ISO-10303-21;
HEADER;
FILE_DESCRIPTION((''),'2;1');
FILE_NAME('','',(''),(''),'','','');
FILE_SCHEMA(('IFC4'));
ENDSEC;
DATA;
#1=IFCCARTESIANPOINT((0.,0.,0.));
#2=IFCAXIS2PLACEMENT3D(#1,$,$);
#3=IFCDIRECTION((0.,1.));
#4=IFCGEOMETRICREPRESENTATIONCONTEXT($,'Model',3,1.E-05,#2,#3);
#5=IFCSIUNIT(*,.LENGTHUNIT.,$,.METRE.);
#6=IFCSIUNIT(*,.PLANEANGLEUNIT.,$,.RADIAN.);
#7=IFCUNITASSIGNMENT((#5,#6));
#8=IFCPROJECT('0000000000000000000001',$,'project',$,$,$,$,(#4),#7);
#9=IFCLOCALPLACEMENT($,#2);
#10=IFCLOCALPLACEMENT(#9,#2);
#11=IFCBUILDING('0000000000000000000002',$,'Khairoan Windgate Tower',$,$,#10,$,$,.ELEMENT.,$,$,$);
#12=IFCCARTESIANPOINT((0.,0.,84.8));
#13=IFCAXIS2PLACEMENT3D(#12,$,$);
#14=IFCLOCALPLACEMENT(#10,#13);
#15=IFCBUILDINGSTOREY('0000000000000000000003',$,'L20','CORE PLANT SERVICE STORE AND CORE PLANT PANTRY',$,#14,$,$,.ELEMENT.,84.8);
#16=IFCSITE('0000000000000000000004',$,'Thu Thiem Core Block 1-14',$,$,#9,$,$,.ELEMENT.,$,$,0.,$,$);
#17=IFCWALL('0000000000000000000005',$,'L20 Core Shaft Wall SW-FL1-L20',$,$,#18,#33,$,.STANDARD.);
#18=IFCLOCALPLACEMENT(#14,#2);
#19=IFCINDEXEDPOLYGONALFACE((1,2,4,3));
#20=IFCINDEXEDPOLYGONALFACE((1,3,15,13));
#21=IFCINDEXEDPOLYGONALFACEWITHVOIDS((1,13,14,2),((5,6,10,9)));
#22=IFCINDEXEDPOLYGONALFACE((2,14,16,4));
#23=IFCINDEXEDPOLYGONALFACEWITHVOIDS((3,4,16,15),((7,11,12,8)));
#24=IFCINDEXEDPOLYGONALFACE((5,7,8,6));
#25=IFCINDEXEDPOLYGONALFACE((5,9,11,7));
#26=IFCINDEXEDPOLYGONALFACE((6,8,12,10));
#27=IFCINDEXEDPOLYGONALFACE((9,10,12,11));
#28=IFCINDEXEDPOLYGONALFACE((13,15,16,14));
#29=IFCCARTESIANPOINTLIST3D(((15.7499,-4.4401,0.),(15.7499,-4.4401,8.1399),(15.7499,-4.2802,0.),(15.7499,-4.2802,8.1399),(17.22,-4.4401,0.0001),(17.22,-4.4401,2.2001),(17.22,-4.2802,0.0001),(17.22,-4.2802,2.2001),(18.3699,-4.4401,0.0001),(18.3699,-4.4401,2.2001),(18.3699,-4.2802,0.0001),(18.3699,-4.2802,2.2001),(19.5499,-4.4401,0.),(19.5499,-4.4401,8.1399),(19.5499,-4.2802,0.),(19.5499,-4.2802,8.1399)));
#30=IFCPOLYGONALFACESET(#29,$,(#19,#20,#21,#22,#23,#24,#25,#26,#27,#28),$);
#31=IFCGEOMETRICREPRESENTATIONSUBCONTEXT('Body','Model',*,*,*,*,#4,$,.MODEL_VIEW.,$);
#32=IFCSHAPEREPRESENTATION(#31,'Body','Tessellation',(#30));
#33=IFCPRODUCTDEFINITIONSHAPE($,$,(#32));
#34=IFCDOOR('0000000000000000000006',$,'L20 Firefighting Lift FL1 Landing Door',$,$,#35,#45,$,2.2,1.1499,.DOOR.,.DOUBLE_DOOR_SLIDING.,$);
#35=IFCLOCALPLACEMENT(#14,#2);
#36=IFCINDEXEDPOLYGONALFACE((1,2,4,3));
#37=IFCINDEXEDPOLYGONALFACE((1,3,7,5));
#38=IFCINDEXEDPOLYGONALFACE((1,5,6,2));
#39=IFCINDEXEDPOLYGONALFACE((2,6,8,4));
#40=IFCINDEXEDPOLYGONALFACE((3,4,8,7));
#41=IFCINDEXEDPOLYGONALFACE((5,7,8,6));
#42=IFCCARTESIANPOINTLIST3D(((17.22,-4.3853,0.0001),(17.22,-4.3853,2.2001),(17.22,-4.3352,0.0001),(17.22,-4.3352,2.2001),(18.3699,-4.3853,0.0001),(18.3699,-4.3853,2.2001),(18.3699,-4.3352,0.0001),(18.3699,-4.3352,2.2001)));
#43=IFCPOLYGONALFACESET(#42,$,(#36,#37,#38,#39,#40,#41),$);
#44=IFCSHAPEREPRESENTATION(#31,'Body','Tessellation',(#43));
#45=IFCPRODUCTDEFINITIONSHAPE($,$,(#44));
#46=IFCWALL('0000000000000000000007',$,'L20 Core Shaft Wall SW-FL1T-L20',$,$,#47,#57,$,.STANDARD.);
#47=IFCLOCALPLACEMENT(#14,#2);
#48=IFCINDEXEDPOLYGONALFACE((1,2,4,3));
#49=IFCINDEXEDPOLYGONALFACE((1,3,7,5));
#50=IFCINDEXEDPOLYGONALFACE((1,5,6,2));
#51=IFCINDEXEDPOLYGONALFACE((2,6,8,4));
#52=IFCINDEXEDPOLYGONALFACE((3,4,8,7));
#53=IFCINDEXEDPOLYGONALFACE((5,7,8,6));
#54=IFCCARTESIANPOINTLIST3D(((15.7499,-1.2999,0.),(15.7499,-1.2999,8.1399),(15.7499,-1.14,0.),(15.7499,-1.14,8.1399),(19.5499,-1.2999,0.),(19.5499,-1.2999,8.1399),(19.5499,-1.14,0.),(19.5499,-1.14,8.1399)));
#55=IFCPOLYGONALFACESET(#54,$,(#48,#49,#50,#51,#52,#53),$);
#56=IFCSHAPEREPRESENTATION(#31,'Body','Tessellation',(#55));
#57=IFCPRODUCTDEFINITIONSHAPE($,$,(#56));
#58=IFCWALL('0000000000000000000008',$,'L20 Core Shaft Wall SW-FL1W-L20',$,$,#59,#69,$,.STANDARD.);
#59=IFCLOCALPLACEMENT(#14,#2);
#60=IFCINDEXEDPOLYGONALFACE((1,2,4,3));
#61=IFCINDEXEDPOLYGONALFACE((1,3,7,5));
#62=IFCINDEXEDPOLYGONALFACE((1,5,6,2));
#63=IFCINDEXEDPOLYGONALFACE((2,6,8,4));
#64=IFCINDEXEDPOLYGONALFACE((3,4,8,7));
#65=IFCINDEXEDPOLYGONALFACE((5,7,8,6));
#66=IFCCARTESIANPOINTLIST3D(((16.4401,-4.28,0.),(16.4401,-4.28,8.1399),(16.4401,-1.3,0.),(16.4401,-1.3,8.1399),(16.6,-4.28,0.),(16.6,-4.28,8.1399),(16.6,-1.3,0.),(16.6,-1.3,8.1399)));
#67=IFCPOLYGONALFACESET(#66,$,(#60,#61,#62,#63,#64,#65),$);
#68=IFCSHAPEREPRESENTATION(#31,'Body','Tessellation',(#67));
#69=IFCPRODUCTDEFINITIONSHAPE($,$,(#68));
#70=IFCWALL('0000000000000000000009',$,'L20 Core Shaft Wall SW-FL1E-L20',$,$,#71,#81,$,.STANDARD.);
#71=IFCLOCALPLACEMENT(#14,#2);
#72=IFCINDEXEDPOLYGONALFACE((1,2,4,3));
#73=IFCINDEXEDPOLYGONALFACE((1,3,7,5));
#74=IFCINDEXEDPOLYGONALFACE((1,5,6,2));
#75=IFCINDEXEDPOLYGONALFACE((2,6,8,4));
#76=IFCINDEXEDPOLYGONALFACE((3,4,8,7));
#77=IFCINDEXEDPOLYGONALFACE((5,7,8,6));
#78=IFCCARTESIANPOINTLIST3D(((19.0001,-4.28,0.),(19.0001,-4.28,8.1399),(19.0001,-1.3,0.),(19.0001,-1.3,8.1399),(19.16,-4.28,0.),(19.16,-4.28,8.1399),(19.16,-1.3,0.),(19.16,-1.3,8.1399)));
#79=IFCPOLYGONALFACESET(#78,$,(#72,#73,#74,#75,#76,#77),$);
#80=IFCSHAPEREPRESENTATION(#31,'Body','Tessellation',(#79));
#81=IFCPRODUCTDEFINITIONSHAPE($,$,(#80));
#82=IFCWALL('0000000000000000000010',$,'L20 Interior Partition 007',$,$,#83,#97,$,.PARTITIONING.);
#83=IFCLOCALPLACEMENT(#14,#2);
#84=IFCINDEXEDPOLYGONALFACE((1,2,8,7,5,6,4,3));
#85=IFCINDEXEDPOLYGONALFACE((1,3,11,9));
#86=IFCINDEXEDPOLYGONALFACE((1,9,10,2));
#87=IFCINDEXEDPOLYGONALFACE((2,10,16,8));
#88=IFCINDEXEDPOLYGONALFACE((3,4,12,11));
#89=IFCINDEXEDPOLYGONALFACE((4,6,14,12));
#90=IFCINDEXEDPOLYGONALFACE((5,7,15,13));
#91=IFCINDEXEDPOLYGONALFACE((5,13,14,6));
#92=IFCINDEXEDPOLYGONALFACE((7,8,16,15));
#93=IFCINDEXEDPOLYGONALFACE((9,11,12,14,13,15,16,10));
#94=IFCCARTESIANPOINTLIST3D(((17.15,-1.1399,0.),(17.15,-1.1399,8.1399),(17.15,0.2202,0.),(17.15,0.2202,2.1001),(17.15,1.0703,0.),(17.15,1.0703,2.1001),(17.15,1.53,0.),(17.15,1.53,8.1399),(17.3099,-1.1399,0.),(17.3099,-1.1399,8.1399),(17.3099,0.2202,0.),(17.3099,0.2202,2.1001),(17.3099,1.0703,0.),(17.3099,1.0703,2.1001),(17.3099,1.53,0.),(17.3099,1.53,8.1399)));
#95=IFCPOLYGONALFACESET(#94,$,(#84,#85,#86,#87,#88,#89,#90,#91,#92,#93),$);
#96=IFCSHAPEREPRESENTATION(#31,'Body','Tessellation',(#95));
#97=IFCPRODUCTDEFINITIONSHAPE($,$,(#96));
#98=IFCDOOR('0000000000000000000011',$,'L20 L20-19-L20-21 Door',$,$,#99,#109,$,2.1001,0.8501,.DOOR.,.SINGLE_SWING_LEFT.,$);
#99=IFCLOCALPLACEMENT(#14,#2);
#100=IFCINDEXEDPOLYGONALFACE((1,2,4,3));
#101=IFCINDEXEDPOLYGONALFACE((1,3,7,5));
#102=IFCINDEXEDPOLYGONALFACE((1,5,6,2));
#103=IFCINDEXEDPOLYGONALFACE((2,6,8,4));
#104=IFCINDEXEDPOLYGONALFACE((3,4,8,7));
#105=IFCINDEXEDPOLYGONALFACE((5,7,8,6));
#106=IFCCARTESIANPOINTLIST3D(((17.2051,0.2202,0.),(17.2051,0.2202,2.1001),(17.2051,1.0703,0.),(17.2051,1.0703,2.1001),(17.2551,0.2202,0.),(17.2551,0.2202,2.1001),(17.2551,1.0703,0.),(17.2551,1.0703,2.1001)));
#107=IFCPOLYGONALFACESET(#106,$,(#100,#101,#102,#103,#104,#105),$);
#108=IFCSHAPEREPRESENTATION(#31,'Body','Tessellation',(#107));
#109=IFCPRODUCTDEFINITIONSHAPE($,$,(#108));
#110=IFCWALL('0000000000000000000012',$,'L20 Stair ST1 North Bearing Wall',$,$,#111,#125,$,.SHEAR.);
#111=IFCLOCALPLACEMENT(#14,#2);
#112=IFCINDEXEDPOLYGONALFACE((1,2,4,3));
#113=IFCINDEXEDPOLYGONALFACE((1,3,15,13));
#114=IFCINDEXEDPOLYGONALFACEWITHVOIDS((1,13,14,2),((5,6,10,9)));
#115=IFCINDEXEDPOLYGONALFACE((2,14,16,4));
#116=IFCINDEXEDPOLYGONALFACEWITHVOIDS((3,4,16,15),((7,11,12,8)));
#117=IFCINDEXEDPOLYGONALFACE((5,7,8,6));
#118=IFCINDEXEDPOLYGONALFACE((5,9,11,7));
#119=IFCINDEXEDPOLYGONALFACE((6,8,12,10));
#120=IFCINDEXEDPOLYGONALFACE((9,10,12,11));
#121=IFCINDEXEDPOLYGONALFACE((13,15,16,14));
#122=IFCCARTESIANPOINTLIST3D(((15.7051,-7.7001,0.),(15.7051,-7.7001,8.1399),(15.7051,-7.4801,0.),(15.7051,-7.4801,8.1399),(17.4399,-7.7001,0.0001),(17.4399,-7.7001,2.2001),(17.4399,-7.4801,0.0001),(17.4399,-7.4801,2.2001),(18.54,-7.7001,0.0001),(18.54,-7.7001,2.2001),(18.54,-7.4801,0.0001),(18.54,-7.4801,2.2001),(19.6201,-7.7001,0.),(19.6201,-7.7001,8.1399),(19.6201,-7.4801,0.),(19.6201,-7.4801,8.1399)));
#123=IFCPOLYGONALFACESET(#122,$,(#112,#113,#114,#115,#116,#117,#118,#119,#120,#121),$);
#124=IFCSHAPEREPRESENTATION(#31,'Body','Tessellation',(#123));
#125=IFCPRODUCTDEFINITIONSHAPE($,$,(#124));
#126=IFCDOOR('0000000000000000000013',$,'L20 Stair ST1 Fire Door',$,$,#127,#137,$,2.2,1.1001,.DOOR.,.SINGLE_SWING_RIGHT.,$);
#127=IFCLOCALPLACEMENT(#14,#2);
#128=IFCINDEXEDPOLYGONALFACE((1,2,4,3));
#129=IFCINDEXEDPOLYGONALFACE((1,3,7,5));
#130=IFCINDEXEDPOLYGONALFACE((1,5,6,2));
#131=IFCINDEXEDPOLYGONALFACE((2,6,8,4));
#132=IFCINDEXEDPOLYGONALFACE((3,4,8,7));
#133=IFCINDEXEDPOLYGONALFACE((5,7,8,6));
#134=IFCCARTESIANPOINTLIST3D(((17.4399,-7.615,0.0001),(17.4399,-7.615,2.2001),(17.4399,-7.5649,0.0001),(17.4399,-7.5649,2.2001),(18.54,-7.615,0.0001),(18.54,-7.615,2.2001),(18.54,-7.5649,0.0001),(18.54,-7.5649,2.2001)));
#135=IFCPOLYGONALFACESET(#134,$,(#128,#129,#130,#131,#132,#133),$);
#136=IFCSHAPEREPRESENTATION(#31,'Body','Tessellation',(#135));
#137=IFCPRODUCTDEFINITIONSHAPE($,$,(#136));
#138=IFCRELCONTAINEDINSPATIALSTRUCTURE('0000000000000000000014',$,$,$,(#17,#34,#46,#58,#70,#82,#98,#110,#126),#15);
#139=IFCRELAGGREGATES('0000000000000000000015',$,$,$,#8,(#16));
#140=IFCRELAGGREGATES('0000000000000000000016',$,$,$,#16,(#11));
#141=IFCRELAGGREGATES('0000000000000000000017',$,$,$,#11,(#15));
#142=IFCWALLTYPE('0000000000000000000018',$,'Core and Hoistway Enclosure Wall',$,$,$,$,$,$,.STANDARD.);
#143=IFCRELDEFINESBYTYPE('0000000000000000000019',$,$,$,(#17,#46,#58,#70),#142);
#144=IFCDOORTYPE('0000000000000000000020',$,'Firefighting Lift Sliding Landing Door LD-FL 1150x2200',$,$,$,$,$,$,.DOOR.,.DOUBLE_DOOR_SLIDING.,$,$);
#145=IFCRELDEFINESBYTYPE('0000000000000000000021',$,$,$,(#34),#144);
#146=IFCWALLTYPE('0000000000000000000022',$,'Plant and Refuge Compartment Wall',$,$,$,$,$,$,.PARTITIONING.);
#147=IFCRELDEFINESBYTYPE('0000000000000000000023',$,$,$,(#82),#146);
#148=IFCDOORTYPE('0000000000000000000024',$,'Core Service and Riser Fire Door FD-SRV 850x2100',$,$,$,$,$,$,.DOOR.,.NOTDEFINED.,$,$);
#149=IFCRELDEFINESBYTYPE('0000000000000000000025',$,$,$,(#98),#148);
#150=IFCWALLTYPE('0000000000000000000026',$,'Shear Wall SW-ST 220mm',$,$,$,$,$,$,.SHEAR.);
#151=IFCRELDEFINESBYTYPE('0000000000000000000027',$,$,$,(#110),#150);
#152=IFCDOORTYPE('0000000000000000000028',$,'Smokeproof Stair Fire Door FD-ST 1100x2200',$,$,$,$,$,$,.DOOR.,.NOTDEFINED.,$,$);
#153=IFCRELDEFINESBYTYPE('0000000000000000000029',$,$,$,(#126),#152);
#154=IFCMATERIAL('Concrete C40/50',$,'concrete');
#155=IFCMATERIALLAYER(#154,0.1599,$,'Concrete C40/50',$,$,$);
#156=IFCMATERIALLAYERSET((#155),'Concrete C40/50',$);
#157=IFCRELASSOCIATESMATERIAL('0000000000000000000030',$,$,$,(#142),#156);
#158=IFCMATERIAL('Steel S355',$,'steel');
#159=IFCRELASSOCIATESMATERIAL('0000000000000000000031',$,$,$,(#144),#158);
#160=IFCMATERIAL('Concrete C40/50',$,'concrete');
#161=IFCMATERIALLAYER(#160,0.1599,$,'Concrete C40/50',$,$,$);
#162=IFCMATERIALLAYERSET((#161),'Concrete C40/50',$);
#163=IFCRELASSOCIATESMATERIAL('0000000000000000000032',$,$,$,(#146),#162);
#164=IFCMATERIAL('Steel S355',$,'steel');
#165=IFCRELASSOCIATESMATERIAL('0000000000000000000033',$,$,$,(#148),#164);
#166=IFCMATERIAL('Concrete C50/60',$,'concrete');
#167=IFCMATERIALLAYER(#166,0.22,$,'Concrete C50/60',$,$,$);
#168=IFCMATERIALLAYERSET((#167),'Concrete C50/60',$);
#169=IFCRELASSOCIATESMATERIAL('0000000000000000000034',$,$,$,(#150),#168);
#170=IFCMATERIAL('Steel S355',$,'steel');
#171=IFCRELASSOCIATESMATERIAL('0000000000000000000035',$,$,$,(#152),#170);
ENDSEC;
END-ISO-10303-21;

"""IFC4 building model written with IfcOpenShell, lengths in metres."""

from ifc_helpers import new_model, si_unit, direction, frame, frame_2d, origin, place, context, subcontext, project, spatial, rectangle, extrude, material, layer, layer_set, type_object, element, fill, save


model = new_model("IFC4")

# Units and contexts
model_context = context("Model", 3, precision=1e-05, world=origin(), true_north=direction((0.0, 1.0)))
body_context = subcontext(model_context, "Body", "Model", "MODEL_VIEW")
ifc_project = project(units=[si_unit("LENGTHUNIT", "METRE"), si_unit("PLANEANGLEUNIT", "RADIAN")], contexts=[model_context])

# Site, building, storey
site_placement = place(None, origin())
site = spatial("IfcSite", under=ifc_project, at=site_placement, Name="Thu Thiem Core Block 1-14", CompositionType="ELEMENT", RefElevation=0.0)
building_placement = place(site_placement, origin())
building = spatial("IfcBuilding", under=site, at=building_placement, Name="Khairoan Windgate Tower", CompositionType="ELEMENT")
storey_placement = place(building_placement, frame((0.0, 0.0, 84.8)))
storey = spatial("IfcBuildingStorey", under=building, at=storey_placement, Name="L20", Description="CORE PLANT SERVICE STORE AND CORE PLANT PANTRY", CompositionType="ELEMENT", Elevation=84.8)

# Wall, opening, door
ifc_material_1 = material(Name="Concrete C40/50", Category="concrete")
ifc_layer_1 = layer(ifc_material_1, 0.1599, Name="Concrete C40/50")
ifc_layer_set_1 = layer_set([ifc_layer_1], Name="Concrete C40/50")
wall_type_1 = type_object("IfcWallType", Name="Core and Hoistway Enclosure Wall", PredefinedType="STANDARD", material=ifc_layer_set_1)
wall_1_placement = place(storey_placement, frame((15.75, -4.3601, 0.0), z_axis=(0.0, 0.0, 1.0), x_axis=(1.0, 0.0, 0.0)))
wall_1 = element("IfcWall", 1, at=wall_1_placement, inside=storey, type_object=wall_type_1, Name="L20 Core Shaft Wall SW-FL1-L20", PredefinedType="STANDARD", context=body_context, shape_type="SweptSolid", body=[
    extrude(rectangle(XDim=3.8, YDim=0.1599, at=frame_2d((1.8999, 0.0))), origin(), (0.0, 0.0, 1.0), 8.1399),
])
opening_1_placement = place(wall_1_placement, frame((1.47, 0.0, 0.0)))
opening_1 = element("IfcOpeningElement", 2, at=opening_1_placement, cuts=wall_1, PredefinedType="OPENING", context=body_context, shape_type="SweptSolid", body=[
    extrude(rectangle(XDim=1.1499, YDim=2.2, at=frame_2d((0.575, 1.1001))), frame((0.0, 0.0898, 0.0), z_axis=(0.0, -1.0, 0.0), x_axis=(1.0, 0.0, 0.0)), (0.0, 0.0, 1.0), 0.1799),
])
ifc_material_2 = material(Name="Steel S355", Category="steel")
door_type_1 = type_object("IfcDoorType", Name="Firefighting Lift Sliding Landing Door LD-FL 1150x2200", OperationType="DOUBLE_DOOR_SLIDING", PredefinedType="DOOR", material=ifc_material_2)
door_1_placement = place(opening_1_placement, origin())
door_1 = element("IfcDoor", 3, at=door_1_placement, inside=storey, type_object=door_type_1, Name="L20 Firefighting Lift FL1 Landing Door", OperationType="DOUBLE_DOOR_SLIDING", OverallHeight=2.2, OverallWidth=1.1499, PredefinedType="DOOR", context=body_context, shape_type="SweptSolid", body=[
    extrude(rectangle(XDim=1.1499, YDim=2.2, at=frame_2d((0.575, 1.1001))), frame((0.0, 0.0249, 0.0), z_axis=(0.0, -1.0, 0.0), x_axis=(1.0, 0.0, 0.0)), (0.0, 0.0, 1.0), 0.05),
])
fill(opening_1, door_1)

# Walls
wall_2_placement = place(storey_placement, frame((15.75, -1.22, 0.0), z_axis=(0.0, 0.0, 1.0), x_axis=(1.0, 0.0, 0.0)))
element("IfcWall", 4, at=wall_2_placement, inside=storey, type_object=wall_type_1, Name="L20 Core Shaft Wall SW-FL1T-L20", PredefinedType="STANDARD", context=body_context, shape_type="SweptSolid", body=[
    extrude(rectangle(XDim=3.8, YDim=0.1599, at=frame_2d((1.8999, 0.0))), origin(), (0.0, 0.0, 1.0), 8.1399),
])
for number, where, z_axis, x_axis, name in (
    (5, (16.52, -4.28, 0.0), (0.0, 0.0, 1.0), (0.0, 1.0, 0.0), "L20 Core Shaft Wall SW-FL1W-L20"),
    (6, (19.0801, -4.28, 0.0), (0.0, 0.0, 1.0), (0.0, 1.0, 0.0), "L20 Core Shaft Wall SW-FL1E-L20"),
):
    element("IfcWall", number, at=place(storey_placement, frame(where, z_axis=z_axis, x_axis=x_axis)), inside=storey, type_object=wall_type_1, Name=name, PredefinedType="STANDARD", context=body_context, shape_type="SweptSolid", body=[
        extrude(rectangle(XDim=2.98, YDim=0.1599, at=frame_2d((1.49, 0.0))), origin(), (0.0, 0.0, 1.0), 8.1399),
    ])

# Walls, openings, doors
ifc_material_3 = material(Name="Concrete C40/50", Category="concrete")
ifc_layer_2 = layer(ifc_material_3, 0.1599, Name="Concrete C40/50")
ifc_layer_set_2 = layer_set([ifc_layer_2], Name="Concrete C40/50")
wall_type_2 = type_object("IfcWallType", Name="Plant and Refuge Compartment Wall", PredefinedType="PARTITIONING", material=ifc_layer_set_2)
wall_3_placement = place(storey_placement, frame((17.23, -1.1399, 0.0), z_axis=(0.0, 0.0, 1.0), x_axis=(0.0, 1.0, 0.0)))
wall_3 = element("IfcWall", 7, at=wall_3_placement, inside=storey, type_object=wall_type_2, Name="L20 Interior Partition 007", PredefinedType="PARTITIONING", context=body_context, shape_type="SweptSolid", body=[
    extrude(rectangle(XDim=2.6699, YDim=0.1599, at=frame_2d((1.335, 0.0))), origin(), (0.0, 0.0, 1.0), 8.1399),
])
opening_2_placement = place(wall_3_placement, frame((1.3601, 0.0, 0.0)))
opening_2 = element("IfcOpeningElement", 8, at=opening_2_placement, cuts=wall_3, PredefinedType="OPENING", context=body_context, shape_type="SweptSolid", body=[
    extrude(rectangle(XDim=0.8501, YDim=2.1001, at=frame_2d((0.425, 1.05))), frame((0.0, 0.0898, 0.0), z_axis=(0.0, -1.0, 0.0), x_axis=(1.0, 0.0, 0.0)), (0.0, 0.0, 1.0), 0.1799),
])
ifc_material_4 = material(Name="Steel S355", Category="steel")
door_type_2 = type_object("IfcDoorType", Name="Core Service and Riser Fire Door FD-SRV 850x2100", OperationType="NOTDEFINED", PredefinedType="DOOR", material=ifc_material_4)
door_2_placement = place(opening_2_placement, origin())
door_2 = element("IfcDoor", 9, at=door_2_placement, inside=storey, type_object=door_type_2, Name="L20 L20-19-L20-21 Door", OperationType="SINGLE_SWING_LEFT", OverallHeight=2.1001, OverallWidth=0.8501, PredefinedType="DOOR", context=body_context, shape_type="SweptSolid", body=[
    extrude(rectangle(XDim=0.8501, YDim=2.1001, at=frame_2d((0.425, 1.05))), frame((0.0, 0.0249, 0.0), z_axis=(0.0, -1.0, 0.0), x_axis=(1.0, 0.0, 0.0)), (0.0, 0.0, 1.0), 0.05),
])
fill(opening_2, door_2)
ifc_material_5 = material(Name="Concrete C50/60", Category="concrete")
ifc_layer_3 = layer(ifc_material_5, 0.22, Name="Concrete C50/60")
ifc_layer_set_3 = layer_set([ifc_layer_3], Name="Concrete C50/60")
wall_type_3 = type_object("IfcWallType", Name="Shear Wall SW-ST 220mm", PredefinedType="SHEAR", material=ifc_layer_set_3)
wall_4_placement = place(storey_placement, frame((19.6201, -7.5901, 0.0), z_axis=(0.0, 0.0, 1.0), x_axis=(-1.0, 0.0, 0.0)))
wall_4 = element("IfcWall", 10, at=wall_4_placement, inside=storey, type_object=wall_type_3, Name="L20 Stair ST1 North Bearing Wall", PredefinedType="SHEAR", context=body_context, shape_type="SweptSolid", body=[
    extrude(rectangle(XDim=3.915, YDim=0.22, at=frame_2d((1.9575, 0.0))), origin(), (0.0, 0.0, 1.0), 8.1399),
])
opening_3_placement = place(wall_4_placement, frame((1.0801, 0.0, 0.0)))
opening_3 = element("IfcOpeningElement", 11, at=opening_3_placement, cuts=wall_4, PredefinedType="OPENING", context=body_context, shape_type="SweptSolid", body=[
    extrude(rectangle(XDim=1.1001, YDim=2.2, at=frame_2d((0.55, 1.1001))), frame((0.0, 0.1199, 0.0), z_axis=(0.0, -1.0, 0.0), x_axis=(1.0, 0.0, 0.0)), (0.0, 0.0, 1.0), 0.24),
])
ifc_material_6 = material(Name="Steel S355", Category="steel")
door_type_3 = type_object("IfcDoorType", Name="Smokeproof Stair Fire Door FD-ST 1100x2200", OperationType="NOTDEFINED", PredefinedType="DOOR", material=ifc_material_6)
door_3_placement = place(opening_3_placement, origin())
door_3 = element("IfcDoor", 12, at=door_3_placement, inside=storey, type_object=door_type_3, Name="L20 Stair ST1 Fire Door", OperationType="SINGLE_SWING_RIGHT", OverallHeight=2.2, OverallWidth=1.1001, PredefinedType="DOOR", context=body_context, shape_type="SweptSolid", body=[
    extrude(rectangle(XDim=1.1001, YDim=2.2, at=frame_2d((0.55, 1.1001))), frame((0.0, 0.0249, 0.0), z_axis=(0.0, -1.0, 0.0), x_axis=(1.0, 0.0, 0.0)), (0.0, 0.0, 1.0), 0.05),
])
fill(opening_3, door_3)

save(model, "model.ifc")
